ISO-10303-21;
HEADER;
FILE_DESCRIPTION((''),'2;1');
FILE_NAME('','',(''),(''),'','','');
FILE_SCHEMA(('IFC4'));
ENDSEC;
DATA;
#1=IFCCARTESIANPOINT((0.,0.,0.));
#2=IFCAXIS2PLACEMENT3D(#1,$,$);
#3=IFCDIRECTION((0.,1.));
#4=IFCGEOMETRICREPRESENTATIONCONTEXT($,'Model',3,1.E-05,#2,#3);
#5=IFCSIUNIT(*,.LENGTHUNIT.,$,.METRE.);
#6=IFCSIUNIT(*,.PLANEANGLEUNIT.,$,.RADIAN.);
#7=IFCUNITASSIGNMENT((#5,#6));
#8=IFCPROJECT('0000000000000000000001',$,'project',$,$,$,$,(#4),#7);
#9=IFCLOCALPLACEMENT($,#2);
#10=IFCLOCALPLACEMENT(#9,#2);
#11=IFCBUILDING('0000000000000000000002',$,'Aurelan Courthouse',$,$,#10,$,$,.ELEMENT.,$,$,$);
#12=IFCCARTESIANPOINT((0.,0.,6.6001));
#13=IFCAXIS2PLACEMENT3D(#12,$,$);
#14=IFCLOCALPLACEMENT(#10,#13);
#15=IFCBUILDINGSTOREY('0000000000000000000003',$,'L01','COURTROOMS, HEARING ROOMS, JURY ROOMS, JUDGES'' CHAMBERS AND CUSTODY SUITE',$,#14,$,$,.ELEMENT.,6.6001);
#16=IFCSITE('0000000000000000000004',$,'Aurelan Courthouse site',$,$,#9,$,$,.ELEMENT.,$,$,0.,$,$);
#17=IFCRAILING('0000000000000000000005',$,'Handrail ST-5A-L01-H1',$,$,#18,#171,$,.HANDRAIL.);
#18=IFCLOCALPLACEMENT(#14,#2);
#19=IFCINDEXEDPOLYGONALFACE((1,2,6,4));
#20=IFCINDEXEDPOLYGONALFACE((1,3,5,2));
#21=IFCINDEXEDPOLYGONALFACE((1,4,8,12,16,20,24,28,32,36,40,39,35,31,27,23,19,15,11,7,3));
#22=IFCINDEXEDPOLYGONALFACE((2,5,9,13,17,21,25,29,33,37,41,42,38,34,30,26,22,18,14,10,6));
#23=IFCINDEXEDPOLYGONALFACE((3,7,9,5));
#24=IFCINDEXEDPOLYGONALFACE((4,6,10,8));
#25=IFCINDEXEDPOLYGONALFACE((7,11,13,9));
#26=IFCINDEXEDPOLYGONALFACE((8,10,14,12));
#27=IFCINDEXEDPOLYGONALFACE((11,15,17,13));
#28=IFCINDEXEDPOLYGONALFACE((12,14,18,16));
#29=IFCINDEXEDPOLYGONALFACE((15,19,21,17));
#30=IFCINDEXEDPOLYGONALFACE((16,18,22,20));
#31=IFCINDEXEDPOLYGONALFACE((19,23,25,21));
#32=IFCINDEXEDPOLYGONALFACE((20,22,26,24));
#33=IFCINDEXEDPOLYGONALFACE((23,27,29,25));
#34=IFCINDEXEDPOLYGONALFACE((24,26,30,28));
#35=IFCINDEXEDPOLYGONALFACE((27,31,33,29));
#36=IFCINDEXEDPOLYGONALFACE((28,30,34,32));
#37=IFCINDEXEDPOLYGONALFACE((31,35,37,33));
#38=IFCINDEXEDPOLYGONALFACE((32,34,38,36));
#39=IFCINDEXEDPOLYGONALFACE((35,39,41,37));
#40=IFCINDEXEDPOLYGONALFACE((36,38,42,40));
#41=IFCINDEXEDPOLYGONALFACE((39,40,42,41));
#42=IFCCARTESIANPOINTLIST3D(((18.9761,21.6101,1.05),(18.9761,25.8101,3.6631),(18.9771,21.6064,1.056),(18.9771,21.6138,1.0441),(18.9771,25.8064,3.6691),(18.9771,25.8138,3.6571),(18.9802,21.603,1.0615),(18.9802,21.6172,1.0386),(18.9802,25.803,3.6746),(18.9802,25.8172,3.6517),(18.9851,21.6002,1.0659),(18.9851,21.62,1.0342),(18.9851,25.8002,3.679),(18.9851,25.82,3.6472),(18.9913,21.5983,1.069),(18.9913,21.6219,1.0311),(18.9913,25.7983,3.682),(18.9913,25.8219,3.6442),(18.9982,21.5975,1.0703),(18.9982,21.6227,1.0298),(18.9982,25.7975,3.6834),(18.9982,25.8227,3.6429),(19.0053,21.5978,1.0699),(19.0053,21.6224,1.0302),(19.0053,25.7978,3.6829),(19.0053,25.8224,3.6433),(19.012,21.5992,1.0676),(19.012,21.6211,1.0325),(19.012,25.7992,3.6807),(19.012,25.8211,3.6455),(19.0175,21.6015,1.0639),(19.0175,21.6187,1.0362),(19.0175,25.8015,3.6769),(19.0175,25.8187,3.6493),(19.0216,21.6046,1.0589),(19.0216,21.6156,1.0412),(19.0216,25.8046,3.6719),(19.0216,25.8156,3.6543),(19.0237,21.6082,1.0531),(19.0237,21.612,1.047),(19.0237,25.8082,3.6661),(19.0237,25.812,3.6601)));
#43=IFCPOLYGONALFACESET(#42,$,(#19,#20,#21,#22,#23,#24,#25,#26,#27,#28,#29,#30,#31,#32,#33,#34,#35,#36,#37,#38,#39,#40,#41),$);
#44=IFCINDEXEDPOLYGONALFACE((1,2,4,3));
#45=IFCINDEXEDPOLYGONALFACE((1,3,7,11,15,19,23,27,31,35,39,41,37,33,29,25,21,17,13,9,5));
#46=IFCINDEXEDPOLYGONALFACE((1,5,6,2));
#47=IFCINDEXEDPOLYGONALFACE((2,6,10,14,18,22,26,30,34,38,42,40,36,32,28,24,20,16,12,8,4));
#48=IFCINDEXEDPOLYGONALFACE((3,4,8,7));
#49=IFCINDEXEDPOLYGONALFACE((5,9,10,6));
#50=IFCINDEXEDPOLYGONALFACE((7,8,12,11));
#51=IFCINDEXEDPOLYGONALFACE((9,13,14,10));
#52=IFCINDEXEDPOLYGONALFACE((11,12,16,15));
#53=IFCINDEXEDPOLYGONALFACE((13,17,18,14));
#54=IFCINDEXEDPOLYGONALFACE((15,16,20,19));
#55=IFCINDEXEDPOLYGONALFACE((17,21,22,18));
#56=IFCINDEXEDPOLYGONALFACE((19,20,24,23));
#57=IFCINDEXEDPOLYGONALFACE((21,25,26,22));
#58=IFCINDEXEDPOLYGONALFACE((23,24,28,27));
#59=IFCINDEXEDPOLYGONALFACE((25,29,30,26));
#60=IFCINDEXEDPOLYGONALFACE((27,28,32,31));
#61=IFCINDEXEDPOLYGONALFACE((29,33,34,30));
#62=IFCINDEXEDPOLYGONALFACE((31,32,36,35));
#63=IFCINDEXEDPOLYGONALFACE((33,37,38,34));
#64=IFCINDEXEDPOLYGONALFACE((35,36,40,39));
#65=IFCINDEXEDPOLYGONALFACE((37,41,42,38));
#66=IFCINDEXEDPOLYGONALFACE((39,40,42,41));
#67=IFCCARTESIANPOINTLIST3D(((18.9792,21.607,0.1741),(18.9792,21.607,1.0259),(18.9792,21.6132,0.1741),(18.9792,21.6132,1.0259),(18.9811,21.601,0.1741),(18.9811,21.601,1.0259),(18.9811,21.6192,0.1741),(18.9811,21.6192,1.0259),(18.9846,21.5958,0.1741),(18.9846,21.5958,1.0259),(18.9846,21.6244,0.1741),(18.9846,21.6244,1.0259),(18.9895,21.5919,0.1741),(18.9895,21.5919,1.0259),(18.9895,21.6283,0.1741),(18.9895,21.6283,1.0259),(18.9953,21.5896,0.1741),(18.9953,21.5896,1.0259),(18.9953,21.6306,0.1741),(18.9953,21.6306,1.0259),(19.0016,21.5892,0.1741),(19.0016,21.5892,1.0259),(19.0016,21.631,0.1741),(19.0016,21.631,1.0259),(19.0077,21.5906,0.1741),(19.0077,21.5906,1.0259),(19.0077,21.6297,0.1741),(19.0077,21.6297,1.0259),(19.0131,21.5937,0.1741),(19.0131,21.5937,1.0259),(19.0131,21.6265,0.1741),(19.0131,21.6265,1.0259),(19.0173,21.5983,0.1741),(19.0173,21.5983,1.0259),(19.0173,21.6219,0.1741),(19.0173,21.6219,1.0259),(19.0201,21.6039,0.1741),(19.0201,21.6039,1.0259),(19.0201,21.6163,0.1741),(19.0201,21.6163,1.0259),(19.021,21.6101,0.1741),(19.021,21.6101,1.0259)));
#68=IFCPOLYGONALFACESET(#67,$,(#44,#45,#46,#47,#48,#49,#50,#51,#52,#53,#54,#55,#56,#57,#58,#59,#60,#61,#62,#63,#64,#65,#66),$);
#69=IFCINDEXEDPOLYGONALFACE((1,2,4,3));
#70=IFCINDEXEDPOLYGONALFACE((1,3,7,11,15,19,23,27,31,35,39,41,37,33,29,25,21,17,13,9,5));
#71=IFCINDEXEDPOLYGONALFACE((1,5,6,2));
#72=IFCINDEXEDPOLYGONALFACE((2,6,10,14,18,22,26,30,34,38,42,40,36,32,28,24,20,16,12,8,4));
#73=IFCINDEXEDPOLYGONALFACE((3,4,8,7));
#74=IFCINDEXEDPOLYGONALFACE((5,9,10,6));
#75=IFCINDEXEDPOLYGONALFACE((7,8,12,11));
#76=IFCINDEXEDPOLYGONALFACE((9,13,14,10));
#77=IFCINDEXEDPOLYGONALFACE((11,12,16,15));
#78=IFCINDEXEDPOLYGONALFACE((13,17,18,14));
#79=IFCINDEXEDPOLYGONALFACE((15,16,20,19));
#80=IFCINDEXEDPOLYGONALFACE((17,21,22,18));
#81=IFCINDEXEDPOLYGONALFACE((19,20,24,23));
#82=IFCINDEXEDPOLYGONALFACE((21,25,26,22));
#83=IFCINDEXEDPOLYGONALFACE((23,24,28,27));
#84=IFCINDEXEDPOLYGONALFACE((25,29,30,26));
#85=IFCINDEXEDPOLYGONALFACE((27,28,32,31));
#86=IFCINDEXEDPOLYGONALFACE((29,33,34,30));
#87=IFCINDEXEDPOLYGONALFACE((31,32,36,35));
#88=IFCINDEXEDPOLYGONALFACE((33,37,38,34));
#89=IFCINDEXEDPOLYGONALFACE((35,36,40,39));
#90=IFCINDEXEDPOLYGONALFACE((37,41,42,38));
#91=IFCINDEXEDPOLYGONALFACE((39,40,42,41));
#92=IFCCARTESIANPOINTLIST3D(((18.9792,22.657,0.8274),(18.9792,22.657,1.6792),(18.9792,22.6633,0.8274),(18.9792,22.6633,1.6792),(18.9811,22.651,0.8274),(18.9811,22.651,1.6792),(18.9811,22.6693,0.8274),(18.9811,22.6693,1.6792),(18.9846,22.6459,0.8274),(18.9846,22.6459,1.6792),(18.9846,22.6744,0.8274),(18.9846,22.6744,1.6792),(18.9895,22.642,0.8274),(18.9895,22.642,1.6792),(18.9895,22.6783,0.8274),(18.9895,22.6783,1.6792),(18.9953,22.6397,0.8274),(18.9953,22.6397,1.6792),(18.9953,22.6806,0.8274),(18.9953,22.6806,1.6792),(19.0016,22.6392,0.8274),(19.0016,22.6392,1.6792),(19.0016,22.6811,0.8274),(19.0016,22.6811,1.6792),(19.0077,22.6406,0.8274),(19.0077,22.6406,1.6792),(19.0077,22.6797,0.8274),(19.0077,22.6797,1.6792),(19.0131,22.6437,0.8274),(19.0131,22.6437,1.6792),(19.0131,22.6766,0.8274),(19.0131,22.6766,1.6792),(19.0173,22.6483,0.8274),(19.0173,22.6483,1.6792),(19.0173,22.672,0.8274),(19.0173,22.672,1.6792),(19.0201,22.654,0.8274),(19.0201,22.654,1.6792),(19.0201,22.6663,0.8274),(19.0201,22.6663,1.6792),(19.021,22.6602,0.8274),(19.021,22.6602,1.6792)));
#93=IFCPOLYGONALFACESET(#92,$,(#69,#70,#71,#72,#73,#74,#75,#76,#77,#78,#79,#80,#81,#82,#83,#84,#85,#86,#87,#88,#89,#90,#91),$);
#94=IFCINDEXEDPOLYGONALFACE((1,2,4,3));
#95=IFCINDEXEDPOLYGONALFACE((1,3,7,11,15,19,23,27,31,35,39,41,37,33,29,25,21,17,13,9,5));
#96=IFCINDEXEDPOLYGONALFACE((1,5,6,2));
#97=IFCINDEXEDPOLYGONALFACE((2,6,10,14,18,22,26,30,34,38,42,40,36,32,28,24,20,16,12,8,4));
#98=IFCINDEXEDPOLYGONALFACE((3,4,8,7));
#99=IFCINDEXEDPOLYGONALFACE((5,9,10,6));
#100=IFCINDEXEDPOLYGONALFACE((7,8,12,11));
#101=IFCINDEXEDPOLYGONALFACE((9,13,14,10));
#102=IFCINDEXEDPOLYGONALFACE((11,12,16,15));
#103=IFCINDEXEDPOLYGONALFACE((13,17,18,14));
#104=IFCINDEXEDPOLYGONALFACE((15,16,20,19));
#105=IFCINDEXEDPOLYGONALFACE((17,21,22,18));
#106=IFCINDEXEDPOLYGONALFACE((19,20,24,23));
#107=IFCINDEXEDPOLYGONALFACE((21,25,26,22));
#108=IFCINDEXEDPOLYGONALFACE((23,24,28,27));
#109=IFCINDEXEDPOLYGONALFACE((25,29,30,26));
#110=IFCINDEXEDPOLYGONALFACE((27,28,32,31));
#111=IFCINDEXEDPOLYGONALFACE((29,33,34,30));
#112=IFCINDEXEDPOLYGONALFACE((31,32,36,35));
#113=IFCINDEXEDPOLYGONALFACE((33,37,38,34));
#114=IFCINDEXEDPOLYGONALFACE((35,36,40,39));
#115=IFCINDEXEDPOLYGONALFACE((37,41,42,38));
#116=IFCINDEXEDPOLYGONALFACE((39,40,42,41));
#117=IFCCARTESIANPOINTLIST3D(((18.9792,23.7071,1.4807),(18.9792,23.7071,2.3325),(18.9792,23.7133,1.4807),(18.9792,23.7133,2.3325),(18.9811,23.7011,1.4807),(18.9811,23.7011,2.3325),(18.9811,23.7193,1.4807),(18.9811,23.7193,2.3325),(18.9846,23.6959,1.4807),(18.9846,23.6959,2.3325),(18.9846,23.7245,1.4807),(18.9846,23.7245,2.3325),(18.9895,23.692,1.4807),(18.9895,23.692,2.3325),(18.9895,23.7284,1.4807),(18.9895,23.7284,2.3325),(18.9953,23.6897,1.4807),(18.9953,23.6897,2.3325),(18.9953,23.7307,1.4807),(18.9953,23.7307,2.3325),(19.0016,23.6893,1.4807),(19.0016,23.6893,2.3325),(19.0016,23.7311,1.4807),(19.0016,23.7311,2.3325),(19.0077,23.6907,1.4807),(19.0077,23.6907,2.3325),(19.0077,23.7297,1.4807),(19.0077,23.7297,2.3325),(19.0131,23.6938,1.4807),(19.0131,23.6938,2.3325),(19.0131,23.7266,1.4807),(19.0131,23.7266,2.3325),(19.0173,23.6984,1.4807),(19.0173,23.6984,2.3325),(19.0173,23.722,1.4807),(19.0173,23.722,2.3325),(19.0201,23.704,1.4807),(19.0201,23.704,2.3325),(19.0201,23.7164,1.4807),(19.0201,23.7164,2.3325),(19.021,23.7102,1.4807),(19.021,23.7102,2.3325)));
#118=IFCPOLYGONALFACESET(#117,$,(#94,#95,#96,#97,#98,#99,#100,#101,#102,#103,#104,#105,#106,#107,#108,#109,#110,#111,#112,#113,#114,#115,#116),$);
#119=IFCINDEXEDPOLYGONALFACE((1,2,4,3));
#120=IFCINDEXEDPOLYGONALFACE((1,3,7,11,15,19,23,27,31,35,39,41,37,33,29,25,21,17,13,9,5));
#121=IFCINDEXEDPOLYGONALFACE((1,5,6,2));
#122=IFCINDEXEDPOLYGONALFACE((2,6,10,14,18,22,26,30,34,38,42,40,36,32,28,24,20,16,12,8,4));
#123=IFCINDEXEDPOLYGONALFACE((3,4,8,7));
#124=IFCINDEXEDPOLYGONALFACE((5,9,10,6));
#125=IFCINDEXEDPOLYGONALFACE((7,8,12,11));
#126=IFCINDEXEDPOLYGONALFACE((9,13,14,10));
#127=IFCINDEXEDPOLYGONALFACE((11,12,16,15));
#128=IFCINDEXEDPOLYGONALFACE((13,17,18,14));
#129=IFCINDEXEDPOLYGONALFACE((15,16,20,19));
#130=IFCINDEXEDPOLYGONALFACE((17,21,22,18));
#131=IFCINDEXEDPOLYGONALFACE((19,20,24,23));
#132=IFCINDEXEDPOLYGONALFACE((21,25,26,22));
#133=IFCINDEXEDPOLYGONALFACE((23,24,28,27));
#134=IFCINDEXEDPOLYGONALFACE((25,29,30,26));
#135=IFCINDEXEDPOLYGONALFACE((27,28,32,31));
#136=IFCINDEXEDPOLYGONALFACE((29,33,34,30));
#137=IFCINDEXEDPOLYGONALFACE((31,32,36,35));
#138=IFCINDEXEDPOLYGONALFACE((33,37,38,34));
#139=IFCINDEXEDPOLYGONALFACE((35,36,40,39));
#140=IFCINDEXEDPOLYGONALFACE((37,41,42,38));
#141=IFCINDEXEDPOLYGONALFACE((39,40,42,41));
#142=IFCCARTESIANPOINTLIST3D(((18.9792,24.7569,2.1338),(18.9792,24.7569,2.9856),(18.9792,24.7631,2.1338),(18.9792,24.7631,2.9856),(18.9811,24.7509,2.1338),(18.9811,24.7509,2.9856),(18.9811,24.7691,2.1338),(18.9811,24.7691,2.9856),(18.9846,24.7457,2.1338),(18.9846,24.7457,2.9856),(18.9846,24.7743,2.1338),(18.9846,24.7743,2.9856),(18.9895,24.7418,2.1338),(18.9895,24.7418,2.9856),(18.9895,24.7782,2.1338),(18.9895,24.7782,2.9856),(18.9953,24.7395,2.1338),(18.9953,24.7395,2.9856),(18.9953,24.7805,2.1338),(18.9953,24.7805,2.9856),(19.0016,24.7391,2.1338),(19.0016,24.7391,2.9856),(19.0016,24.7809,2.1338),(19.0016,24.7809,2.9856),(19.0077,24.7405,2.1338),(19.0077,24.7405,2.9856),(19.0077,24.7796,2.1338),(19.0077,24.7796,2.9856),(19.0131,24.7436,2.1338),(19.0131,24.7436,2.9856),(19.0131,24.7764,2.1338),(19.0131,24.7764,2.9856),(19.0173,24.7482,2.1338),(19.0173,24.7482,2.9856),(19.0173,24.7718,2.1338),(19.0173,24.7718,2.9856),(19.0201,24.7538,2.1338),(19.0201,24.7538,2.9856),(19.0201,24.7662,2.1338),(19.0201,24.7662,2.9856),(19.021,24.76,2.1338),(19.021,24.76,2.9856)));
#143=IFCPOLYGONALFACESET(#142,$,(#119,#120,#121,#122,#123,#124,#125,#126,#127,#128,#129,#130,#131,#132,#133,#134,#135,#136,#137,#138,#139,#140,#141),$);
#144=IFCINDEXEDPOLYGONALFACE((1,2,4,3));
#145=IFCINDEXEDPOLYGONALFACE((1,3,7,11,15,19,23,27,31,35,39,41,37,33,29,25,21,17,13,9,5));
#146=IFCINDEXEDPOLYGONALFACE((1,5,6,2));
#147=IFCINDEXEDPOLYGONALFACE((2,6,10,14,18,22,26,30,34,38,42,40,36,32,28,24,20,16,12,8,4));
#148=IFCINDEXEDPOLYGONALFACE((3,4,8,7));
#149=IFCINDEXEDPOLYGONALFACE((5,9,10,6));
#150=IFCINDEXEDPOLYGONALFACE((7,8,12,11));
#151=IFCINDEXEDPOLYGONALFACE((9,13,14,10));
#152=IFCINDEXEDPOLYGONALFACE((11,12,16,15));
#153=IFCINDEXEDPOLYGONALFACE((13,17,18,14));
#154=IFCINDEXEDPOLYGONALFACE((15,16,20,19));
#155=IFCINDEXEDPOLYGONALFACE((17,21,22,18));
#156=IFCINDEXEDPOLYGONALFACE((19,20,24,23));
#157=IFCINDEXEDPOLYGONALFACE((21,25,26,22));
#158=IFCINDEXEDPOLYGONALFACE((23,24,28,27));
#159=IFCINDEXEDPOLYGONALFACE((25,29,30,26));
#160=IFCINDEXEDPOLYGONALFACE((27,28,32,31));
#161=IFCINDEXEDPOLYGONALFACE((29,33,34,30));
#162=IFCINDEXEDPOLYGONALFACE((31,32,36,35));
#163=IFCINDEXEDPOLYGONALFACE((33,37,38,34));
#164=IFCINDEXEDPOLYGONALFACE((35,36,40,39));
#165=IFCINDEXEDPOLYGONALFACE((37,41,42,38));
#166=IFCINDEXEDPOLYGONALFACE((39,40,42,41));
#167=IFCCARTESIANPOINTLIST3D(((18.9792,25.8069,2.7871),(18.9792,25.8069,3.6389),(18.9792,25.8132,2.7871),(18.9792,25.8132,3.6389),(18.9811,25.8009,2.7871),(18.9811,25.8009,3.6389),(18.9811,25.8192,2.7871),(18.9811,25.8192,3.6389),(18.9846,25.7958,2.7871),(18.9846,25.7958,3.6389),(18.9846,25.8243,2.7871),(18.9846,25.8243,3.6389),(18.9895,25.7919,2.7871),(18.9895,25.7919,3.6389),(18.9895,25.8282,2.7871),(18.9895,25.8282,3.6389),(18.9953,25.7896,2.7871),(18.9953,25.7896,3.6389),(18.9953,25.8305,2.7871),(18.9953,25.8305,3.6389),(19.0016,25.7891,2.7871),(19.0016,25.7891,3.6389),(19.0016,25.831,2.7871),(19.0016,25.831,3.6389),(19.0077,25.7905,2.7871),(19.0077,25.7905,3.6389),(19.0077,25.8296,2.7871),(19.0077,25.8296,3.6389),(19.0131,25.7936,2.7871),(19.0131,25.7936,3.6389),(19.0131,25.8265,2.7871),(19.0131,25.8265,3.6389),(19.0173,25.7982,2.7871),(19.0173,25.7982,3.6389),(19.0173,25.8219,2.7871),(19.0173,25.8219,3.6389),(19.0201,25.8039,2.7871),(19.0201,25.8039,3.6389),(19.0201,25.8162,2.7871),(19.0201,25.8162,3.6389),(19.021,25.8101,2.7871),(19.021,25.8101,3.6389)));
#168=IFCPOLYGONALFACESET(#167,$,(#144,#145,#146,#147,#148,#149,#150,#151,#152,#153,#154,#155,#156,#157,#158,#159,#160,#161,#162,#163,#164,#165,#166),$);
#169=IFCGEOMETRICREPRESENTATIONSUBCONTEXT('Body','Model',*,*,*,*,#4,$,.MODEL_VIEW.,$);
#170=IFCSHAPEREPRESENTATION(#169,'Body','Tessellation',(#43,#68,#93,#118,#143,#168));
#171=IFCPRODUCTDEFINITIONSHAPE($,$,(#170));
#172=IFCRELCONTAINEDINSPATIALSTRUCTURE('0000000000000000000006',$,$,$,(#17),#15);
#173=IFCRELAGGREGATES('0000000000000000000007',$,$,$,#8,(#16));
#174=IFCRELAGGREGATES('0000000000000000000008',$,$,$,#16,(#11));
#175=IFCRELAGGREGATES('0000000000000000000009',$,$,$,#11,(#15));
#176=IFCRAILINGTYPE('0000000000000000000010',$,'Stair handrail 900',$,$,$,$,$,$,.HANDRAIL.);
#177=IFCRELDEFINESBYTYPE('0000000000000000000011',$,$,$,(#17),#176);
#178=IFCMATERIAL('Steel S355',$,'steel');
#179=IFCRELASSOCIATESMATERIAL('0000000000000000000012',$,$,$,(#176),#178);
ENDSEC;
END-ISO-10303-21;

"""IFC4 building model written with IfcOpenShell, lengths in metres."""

from ifc_helpers import new_model, si_unit, direction, frame, origin, origin_2d, place, context, subcontext, project, spatial, circle, extrude, material, type_object, element, save


model = new_model("IFC4")

# Units and contexts
model_context = context("Model", 3, precision=1e-05, world=origin(), true_north=direction((0.0, 1.0)))
body_context = subcontext(model_context, "Body", "Model", "MODEL_VIEW")
ifc_project = project(units=[si_unit("LENGTHUNIT", "METRE"), si_unit("PLANEANGLEUNIT", "RADIAN")], contexts=[model_context])

# Site, building, storey
site_placement = place(None, origin())
site = spatial("IfcSite", under=ifc_project, at=site_placement, Name="Aurelan Courthouse site", CompositionType="ELEMENT", RefElevation=0.0)
building_placement = place(site_placement, origin())
building = spatial("IfcBuilding", under=site, at=building_placement, Name="Aurelan Courthouse", CompositionType="ELEMENT")
storey_placement = place(building_placement, frame((0.0, 0.0, 6.6001)))
storey = spatial("IfcBuildingStorey", under=building, at=storey_placement, Name="L01", Description="COURTROOMS, HEARING ROOMS, JURY ROOMS, JUDGES' CHAMBERS AND CUSTODY SUITE", CompositionType="ELEMENT", Elevation=6.6001)

# Shared definitions
ifc_material_1 = material(Name="Steel S355", Category="steel")

# Railing
railing_type_1 = type_object("IfcRailingType", Name="Stair handrail 900", PredefinedType="HANDRAIL", material=ifc_material_1)
for number, where, name in (
    (1, (19.0, 21.6101, 0.1741), "Handrail ST-5A-L01-H1"),
):
    element("IfcRailing", number, at=place(storey_placement, frame(where)), inside=storey, type_object=railing_type_1, Name=name, PredefinedType="HANDRAIL", context=body_context, shape_type="SweptSolid", body=[
        extrude(circle(Radius=0.0239, at=origin_2d()), frame((0.0, 0.0, 0.876), z_axis=(0.0, 0.849081, 0.528263), x_axis=(-1.0, 0.0, 0.0)), (0.0, 0.0, 1.0), 4.9465),
        extrude(circle(Radius=0.021, at=origin_2d()), origin(), (0.0, 0.0, 1.0), 0.8518),
        extrude(circle(Radius=0.021, at=origin_2d()), frame((0.0, 1.05, 0.6533)), (0.0, 0.0, 1.0), 0.8518),
        extrude(circle(Radius=0.021, at=origin_2d()), frame((0.0, 2.1001, 1.3066)), (0.0, 0.0, 1.0), 0.8518),
        extrude(circle(Radius=0.021, at=origin_2d()), frame((0.0, 3.1499, 1.9597)), (0.0, 0.0, 1.0), 0.8518),
        extrude(circle(Radius=0.021, at=origin_2d()), frame((0.0, 4.2, 2.613)), (0.0, 0.0, 1.0), 0.8518),
    ])

save(model, "model.ifc")
